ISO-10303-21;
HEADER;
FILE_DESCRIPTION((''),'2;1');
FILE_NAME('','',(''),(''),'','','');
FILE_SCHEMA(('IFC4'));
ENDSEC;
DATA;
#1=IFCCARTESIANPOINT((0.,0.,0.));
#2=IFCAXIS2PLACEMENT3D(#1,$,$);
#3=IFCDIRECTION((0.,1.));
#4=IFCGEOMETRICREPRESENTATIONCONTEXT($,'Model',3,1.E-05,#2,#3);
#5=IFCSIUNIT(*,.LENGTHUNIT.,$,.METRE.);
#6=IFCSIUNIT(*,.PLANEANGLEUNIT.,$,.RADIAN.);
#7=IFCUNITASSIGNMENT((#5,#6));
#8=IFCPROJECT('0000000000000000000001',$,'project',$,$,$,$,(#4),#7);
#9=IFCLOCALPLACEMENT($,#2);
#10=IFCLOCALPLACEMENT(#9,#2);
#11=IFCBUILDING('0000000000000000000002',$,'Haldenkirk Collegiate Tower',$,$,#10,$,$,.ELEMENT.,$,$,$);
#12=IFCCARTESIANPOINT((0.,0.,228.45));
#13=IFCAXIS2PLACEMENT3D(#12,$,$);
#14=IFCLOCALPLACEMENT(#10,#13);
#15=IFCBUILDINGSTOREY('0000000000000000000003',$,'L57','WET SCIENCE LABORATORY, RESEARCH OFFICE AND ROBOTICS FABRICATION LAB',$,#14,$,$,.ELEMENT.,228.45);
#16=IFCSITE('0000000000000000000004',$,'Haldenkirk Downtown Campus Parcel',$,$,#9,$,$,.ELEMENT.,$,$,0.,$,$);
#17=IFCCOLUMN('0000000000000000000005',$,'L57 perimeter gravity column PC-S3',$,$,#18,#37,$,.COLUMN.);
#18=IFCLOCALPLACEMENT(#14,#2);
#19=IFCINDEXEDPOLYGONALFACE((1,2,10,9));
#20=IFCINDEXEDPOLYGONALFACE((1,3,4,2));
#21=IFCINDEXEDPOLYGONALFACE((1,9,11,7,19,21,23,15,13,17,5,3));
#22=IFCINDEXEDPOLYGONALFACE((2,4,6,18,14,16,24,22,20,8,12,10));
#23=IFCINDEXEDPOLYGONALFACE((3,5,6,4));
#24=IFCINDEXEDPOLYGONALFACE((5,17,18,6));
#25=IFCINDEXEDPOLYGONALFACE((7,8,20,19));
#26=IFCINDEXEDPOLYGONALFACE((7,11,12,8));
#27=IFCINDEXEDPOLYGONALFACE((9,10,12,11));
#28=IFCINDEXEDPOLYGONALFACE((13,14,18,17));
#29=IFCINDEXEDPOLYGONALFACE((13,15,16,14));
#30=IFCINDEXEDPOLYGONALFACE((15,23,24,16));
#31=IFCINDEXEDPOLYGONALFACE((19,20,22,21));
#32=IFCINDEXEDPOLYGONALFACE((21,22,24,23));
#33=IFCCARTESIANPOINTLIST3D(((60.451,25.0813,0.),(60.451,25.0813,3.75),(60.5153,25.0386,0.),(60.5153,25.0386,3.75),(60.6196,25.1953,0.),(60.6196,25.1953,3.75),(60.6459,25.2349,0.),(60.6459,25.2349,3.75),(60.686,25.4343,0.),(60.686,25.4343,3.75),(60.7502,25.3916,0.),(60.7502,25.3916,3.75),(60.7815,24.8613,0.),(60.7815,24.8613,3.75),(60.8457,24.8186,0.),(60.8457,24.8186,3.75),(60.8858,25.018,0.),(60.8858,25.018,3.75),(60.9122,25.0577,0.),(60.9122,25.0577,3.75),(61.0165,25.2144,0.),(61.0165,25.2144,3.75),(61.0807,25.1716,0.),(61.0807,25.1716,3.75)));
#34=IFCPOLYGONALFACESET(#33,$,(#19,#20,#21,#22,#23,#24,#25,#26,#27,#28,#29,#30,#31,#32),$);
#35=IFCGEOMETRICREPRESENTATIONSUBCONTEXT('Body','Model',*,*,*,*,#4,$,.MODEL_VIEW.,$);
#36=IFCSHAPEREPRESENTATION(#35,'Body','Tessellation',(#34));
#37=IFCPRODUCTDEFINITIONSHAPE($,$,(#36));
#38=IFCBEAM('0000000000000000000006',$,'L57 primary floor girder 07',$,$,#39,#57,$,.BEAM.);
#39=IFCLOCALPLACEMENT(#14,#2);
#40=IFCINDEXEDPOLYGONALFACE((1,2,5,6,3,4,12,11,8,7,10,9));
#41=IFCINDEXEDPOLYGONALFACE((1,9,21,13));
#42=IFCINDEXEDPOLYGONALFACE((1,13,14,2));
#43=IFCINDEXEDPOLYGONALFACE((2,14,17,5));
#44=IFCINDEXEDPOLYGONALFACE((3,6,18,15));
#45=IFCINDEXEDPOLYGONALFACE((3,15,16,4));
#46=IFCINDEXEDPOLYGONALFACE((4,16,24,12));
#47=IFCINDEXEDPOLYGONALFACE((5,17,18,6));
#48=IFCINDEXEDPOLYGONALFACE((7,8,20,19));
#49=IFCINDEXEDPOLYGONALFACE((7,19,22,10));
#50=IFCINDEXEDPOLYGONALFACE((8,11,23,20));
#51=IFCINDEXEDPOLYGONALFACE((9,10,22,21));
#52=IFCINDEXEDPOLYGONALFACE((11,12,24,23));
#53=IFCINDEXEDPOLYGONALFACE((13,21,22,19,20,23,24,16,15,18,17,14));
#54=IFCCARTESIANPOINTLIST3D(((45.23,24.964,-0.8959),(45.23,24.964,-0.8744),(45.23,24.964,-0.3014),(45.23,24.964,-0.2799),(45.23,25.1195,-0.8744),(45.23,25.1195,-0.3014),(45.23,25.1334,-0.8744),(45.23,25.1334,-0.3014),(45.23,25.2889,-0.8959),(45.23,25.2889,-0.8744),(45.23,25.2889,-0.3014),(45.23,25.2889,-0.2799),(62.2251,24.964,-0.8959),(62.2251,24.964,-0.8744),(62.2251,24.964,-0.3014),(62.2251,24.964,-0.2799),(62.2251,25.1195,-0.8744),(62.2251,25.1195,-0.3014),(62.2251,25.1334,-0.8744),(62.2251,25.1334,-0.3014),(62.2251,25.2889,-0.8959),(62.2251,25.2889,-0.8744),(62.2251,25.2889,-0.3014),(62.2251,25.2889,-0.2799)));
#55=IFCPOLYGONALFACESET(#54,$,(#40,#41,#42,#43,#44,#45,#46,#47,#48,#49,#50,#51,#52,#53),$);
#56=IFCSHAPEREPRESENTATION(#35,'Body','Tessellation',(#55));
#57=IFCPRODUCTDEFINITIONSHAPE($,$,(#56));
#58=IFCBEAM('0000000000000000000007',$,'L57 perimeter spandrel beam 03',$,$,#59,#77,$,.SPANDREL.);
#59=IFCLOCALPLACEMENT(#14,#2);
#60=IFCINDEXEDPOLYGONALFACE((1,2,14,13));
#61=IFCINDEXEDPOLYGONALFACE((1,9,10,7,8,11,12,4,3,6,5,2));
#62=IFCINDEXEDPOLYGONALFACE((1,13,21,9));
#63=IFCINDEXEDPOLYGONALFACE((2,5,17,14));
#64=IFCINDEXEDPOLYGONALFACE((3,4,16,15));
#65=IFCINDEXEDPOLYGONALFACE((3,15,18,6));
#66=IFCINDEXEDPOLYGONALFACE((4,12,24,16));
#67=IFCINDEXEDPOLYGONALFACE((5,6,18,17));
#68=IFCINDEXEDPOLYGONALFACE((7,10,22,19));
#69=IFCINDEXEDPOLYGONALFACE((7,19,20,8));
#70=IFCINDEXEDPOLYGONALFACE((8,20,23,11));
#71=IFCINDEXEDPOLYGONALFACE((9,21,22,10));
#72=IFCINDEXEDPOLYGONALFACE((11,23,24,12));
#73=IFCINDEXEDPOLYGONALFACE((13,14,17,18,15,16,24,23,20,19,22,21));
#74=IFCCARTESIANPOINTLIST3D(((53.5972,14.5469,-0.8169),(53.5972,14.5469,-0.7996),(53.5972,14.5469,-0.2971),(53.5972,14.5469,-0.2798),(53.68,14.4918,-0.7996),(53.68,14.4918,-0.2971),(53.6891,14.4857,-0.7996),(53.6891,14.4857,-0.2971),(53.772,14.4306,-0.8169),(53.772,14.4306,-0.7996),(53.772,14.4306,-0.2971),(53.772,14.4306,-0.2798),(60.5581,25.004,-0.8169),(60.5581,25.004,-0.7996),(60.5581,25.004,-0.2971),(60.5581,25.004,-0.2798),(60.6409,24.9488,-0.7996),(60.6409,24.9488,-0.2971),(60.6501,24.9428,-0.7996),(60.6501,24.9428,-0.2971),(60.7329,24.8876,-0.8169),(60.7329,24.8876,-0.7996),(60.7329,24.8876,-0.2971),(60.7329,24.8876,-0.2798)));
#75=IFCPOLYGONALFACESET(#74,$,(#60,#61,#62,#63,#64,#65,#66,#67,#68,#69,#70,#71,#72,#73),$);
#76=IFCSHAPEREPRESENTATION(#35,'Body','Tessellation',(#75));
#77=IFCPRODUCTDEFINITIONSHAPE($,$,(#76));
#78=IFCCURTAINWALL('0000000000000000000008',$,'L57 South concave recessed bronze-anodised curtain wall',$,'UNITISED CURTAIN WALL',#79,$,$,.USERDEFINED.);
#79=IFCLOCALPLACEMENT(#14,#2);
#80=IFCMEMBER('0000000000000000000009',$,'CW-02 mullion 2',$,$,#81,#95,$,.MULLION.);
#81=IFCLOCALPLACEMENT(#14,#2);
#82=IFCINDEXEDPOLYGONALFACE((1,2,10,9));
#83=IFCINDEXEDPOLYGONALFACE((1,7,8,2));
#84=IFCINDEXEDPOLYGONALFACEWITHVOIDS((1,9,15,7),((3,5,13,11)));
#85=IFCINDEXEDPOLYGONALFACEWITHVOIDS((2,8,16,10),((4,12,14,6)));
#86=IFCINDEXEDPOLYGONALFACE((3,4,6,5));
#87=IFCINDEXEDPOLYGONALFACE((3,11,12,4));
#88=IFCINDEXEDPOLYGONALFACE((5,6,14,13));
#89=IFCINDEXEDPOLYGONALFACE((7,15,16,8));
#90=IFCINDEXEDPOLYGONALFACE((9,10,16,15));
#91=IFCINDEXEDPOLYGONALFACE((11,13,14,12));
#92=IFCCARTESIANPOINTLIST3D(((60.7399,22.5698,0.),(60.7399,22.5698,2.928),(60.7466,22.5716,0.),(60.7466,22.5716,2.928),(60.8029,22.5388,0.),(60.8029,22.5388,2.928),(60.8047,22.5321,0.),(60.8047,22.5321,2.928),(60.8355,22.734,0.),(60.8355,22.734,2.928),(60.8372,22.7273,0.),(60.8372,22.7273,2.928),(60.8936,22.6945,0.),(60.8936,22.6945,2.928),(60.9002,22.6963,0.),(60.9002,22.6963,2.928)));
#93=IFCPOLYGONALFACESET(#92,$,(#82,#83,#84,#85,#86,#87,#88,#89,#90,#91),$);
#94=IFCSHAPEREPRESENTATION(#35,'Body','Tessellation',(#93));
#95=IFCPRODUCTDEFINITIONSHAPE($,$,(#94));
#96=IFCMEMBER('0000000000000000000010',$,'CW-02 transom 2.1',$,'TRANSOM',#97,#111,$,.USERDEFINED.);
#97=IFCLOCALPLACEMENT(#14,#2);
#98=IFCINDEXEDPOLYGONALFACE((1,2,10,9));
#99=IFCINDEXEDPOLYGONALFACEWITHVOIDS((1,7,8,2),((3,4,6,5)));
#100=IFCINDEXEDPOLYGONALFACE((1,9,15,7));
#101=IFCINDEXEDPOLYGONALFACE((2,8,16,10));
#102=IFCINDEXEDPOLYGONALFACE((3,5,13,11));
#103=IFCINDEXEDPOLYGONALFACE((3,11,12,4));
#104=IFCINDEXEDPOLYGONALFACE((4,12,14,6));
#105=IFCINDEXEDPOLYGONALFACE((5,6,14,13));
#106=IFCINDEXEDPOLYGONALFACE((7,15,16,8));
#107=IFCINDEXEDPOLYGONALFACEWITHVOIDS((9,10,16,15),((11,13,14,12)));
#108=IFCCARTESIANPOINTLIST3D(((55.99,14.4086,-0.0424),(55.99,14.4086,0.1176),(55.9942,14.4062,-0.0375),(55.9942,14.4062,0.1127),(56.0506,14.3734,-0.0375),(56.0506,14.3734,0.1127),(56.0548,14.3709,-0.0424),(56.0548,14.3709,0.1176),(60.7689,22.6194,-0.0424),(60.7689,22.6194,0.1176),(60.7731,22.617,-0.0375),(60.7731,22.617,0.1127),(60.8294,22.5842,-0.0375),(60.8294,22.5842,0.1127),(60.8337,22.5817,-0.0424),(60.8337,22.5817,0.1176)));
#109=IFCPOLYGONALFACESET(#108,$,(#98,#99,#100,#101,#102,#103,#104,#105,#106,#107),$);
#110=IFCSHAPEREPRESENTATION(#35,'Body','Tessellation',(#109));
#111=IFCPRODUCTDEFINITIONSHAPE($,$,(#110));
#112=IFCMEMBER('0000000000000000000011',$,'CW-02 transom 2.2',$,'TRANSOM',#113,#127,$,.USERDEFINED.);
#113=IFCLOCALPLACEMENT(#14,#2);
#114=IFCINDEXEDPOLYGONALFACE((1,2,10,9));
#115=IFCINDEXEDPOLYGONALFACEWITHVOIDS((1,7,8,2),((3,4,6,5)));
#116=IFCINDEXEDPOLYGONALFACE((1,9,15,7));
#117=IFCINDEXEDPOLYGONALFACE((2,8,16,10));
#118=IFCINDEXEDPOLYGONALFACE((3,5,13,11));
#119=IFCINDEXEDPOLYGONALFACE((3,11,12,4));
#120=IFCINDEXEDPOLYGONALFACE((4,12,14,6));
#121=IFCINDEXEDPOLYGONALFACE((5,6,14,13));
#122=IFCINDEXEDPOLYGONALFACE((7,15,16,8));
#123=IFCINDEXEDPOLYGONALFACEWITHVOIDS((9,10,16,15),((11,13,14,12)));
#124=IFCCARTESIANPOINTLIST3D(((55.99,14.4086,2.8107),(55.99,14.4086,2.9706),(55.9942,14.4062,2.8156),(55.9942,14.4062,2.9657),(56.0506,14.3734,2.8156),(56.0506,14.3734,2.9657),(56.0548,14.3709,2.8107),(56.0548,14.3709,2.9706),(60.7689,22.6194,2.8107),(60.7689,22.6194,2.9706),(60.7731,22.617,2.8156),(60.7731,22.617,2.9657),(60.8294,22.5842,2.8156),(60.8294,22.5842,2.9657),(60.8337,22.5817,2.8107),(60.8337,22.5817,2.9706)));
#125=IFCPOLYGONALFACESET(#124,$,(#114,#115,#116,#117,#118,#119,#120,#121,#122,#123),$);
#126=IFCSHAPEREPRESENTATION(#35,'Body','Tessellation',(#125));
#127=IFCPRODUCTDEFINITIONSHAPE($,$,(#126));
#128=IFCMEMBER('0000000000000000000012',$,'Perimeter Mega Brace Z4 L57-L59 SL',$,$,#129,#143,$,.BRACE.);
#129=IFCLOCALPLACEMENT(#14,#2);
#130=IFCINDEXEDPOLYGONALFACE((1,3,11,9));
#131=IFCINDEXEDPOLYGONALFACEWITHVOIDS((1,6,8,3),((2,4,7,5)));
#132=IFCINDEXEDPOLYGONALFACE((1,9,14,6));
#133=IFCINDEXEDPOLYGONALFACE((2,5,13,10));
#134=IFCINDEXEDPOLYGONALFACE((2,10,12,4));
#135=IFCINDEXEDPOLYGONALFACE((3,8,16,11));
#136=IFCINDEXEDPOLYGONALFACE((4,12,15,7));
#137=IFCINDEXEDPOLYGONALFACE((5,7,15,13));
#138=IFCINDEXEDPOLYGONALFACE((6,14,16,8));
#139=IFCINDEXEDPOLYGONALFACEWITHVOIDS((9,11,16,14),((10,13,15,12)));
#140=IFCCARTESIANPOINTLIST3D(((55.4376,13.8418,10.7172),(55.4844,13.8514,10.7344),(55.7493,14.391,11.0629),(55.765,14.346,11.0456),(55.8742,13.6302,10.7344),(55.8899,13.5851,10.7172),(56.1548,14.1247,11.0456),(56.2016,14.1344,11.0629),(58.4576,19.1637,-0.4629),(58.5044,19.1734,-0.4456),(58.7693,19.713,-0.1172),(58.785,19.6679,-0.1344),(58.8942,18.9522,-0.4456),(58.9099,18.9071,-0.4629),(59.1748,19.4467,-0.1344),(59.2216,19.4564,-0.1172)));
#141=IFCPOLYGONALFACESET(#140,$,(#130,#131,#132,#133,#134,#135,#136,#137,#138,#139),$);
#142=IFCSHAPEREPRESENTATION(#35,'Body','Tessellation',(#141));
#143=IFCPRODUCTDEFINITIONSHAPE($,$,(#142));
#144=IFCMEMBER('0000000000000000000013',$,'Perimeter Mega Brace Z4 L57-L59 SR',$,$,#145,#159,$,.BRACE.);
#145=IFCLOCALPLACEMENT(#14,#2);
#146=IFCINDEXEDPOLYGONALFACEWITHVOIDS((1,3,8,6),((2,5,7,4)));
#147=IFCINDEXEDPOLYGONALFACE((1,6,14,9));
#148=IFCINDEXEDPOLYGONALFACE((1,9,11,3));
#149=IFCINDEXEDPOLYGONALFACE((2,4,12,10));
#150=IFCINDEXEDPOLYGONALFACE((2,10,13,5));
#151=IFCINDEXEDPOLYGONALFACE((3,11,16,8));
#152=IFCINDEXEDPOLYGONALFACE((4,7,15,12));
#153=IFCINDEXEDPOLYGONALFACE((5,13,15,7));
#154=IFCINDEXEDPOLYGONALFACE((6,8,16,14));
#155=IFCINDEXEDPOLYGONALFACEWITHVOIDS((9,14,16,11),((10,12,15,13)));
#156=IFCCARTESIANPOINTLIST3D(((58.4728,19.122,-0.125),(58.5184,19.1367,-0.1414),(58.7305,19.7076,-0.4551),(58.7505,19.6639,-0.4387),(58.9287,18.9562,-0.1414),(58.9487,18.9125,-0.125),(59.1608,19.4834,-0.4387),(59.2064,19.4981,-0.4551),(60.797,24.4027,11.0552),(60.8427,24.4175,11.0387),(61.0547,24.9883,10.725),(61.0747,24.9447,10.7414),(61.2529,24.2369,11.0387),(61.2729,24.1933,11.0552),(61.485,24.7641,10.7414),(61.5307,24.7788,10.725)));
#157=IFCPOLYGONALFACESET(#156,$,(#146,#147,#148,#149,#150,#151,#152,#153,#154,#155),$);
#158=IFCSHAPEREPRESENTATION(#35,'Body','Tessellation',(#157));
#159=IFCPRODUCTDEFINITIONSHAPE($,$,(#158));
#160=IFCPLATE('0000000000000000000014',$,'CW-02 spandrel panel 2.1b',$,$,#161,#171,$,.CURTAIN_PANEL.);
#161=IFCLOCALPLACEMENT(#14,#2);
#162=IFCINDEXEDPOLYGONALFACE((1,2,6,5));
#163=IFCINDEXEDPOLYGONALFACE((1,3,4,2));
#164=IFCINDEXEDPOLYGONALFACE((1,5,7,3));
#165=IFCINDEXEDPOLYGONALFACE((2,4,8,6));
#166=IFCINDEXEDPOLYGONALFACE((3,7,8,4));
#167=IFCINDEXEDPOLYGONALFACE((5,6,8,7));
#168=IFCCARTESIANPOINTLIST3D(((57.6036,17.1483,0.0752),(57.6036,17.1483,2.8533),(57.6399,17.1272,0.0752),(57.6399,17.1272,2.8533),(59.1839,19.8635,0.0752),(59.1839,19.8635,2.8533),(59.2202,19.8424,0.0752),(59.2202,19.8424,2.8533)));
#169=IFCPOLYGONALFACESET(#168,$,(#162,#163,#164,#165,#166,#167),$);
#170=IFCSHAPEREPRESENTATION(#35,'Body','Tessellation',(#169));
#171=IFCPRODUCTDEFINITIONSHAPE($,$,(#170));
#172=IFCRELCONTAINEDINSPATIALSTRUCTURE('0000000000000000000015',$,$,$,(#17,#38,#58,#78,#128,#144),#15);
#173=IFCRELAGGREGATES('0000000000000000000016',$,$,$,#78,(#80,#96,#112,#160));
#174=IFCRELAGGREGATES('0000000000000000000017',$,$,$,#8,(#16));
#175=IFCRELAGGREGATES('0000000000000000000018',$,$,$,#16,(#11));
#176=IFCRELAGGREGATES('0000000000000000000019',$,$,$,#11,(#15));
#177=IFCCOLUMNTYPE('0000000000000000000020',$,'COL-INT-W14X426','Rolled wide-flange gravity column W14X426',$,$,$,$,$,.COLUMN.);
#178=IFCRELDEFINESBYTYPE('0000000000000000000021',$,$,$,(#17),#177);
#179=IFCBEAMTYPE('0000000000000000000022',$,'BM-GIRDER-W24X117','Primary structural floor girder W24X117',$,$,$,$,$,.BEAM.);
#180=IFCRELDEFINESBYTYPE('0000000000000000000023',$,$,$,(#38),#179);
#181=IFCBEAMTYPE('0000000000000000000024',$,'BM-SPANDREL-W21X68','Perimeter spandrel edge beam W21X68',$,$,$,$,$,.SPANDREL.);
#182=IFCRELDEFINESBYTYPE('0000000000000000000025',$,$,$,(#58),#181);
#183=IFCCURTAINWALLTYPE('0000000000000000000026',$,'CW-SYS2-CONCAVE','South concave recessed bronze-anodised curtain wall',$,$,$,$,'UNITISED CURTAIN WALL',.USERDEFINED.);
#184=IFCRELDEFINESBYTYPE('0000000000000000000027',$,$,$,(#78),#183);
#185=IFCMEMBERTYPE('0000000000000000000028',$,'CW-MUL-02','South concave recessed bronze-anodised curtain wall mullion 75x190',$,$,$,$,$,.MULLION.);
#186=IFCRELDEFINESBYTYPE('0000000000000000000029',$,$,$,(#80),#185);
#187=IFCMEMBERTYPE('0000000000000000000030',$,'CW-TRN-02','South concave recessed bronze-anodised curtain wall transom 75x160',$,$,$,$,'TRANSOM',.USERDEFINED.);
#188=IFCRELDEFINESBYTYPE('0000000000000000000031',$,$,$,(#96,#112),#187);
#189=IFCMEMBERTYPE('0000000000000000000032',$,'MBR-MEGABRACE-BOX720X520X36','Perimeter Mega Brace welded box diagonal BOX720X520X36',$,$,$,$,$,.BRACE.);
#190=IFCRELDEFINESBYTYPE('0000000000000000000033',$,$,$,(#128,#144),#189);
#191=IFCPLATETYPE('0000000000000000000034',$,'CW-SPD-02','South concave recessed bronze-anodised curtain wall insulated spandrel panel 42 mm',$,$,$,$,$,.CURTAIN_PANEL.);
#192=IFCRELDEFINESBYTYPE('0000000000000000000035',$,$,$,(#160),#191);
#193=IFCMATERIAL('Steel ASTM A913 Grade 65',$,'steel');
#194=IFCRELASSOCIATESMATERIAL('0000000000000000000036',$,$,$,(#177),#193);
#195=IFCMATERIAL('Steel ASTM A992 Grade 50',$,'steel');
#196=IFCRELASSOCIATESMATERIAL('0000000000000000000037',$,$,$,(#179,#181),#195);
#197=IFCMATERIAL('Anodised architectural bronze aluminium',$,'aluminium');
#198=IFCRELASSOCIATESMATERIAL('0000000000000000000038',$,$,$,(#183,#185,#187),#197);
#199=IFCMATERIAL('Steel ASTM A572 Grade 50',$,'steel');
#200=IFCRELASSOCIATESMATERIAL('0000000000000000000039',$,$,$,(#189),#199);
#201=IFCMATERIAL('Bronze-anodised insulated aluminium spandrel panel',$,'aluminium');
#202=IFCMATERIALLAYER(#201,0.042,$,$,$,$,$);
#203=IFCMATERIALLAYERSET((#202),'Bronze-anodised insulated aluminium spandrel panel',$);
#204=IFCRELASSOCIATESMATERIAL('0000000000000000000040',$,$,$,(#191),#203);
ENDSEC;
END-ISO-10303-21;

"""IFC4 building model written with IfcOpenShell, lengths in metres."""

from ifc_helpers import new_model, si_unit, direction, frame, origin, origin_2d, place, context, subcontext, project, spatial, rectangle, hollow_rectangle, i_section, extrude, source, transform, mapped, material, layer, layer_set, material_profile, profile_set, type_object, element, aggregate, save


model = new_model("IFC4")

# Units and contexts
model_context = context("Model", 3, precision=1e-05, world=origin(), true_north=direction((0.0, 1.0)))
body_context = subcontext(model_context, "Body", "Model", "MODEL_VIEW")
ifc_project = project(units=[si_unit("LENGTHUNIT", "METRE"), si_unit("PLANEANGLEUNIT", "RADIAN")], contexts=[model_context])

# Site, building, storey
site_placement = place(None, origin())
site = spatial("IfcSite", under=ifc_project, at=site_placement, Name="Haldenkirk Downtown Campus Parcel", CompositionType="ELEMENT", RefElevation=0.0)
building_placement = place(site_placement, origin())
building = spatial("IfcBuilding", under=site, at=building_placement, Name="Haldenkirk Collegiate Tower", CompositionType="ELEMENT")
storey_placement = place(building_placement, frame((0.0, 0.0, 228.45)))
storey = spatial("IfcBuildingStorey", under=building, at=storey_placement, Name="L57", Description="WET SCIENCE LABORATORY, RESEARCH OFFICE AND ROBOTICS FABRICATION LAB", CompositionType="ELEMENT", Elevation=228.45)

# Column
ifc_material_1 = material(Name="Steel ASTM A913 Grade 65", Category="steel")
ifc_material_profile_1 = material_profile(ifc_material_1, i_section(OverallWidth=0.4241, OverallDepth=0.4741, WebThickness=0.0476, FlangeThickness=0.0771, at=origin_2d()), Name="W14X426")
ifc_profile_set_1 = profile_set([ifc_material_profile_1], Name="Steel ASTM A913 Grade 65")
column_type = type_object("IfcColumnType", Name="COL-INT-W14X426", Description="Rolled wide-flange gravity column W14X426", PredefinedType="COLUMN", material=ifc_profile_set_1)
column_placement = place(storey_placement, frame((60.7659, 25.1265, 0.0), z_axis=(0.0, 0.0, 1.0), x_axis=(0.554118, 0.832438, 0.0)))
element("IfcColumn", 1, at=column_placement, inside=storey, type_object=column_type, Name="L57 perimeter gravity column PC-S3", PredefinedType="COLUMN", context=body_context, shape_type="SweptSolid", body=[
    extrude(i_section(OverallWidth=0.4241, OverallDepth=0.4741, WebThickness=0.0476, FlangeThickness=0.0771, at=origin_2d()), origin(), (0.0, 0.0, 1.0), 3.75),
])

# Beams
ifc_material_2 = material(Name="Steel ASTM A992 Grade 50", Category="steel")
ifc_material_profile_2 = material_profile(ifc_material_2, i_section(OverallWidth=0.325, OverallDepth=0.616, WebThickness=0.0139, FlangeThickness=0.0215, at=origin_2d()), Name="W24X117")
ifc_profile_set_2 = profile_set([ifc_material_profile_2], Name="Steel ASTM A992 Grade 50")
beam_type_1 = type_object("IfcBeamType", Name="BM-GIRDER-W24X117", Description="Primary structural floor girder W24X117", PredefinedType="BEAM", material=ifc_profile_set_2)
beam_1_placement = place(storey_placement, frame((62.2251, 25.1265, -0.5879), z_axis=(-1.0, 0.0, 0.0), x_axis=(0.0, -1.0, 0.0)))
element("IfcBeam", 2, at=beam_1_placement, inside=storey, type_object=beam_type_1, Name="L57 primary floor girder 07", PredefinedType="BEAM", context=body_context, shape_type="SweptSolid", body=[
    extrude(i_section(OverallWidth=0.325, OverallDepth=0.616, WebThickness=0.0139, FlangeThickness=0.0215, at=origin_2d()), origin(), (0.0, 0.0, 1.0), 16.9951),
])
ifc_material_profile_3 = material_profile(ifc_material_2, i_section(OverallWidth=0.21, OverallDepth=0.5371, WebThickness=0.011, FlangeThickness=0.0173, at=origin_2d()), Name="W21X68")
ifc_profile_set_3 = profile_set([ifc_material_profile_3], Name="Steel ASTM A992 Grade 50")
beam_type_2 = type_object("IfcBeamType", Name="BM-SPANDREL-W21X68", Description="Perimeter spandrel edge beam W21X68", PredefinedType="SPANDREL", material=ifc_profile_set_3)
beam_2_placement = place(storey_placement, frame((53.6846, 14.4888, -0.5483), z_axis=(0.554126, 0.832433, 0.0), x_axis=(-0.832433, 0.554126, 0.0)))
element("IfcBeam", 3, at=beam_2_placement, inside=storey, type_object=beam_type_2, Name="L57 perimeter spandrel beam 03", PredefinedType="SPANDREL", context=body_context, shape_type="SweptSolid", body=[
    extrude(i_section(OverallWidth=0.21, OverallDepth=0.5371, WebThickness=0.011, FlangeThickness=0.0173, at=origin_2d()), origin(), (0.0, 0.0, 1.0), 12.562),
])

# Curtain wall, members
ifc_material_3 = material(Name="Anodised architectural bronze aluminium", Category="aluminium")
curtain_wall_type = type_object("IfcCurtainWallType", Name="CW-SYS2-CONCAVE", Description="South concave recessed bronze-anodised curtain wall", ElementType="UNITISED CURTAIN WALL", PredefinedType="USERDEFINED", material=ifc_material_3)
curtain_wall_placement = place(storey_placement, origin())
curtain_wall = element("IfcCurtainWall", 4, at=curtain_wall_placement, inside=storey, type_object=curtain_wall_type, Name="L57 South concave recessed bronze-anodised curtain wall", ObjectType="UNITISED CURTAIN WALL", PredefinedType="USERDEFINED")
ifc_material_profile_4 = material_profile(ifc_material_3, hollow_rectangle(XDim=0.075, YDim=0.1899, WallThickness=0.0049, at=origin_2d()), Name="CW-MUL-02")
ifc_profile_set_4 = profile_set([ifc_material_profile_4], Name="Anodised architectural bronze aluminium")
member_type_1 = type_object("IfcMemberType", Name="CW-MUL-02", Description="South concave recessed bronze-anodised curtain wall mullion 75x190", PredefinedType="MULLION", material=ifc_profile_set_4)
member_1_placement = place(storey_placement, frame((60.8201, 22.6331, 0.0), z_axis=(0.0, 0.0, 1.0), x_axis=(0.864276, -0.503019, 0.0)))
member_1 = element("IfcMember", 5, at=member_1_placement, type_object=member_type_1, Name="CW-02 mullion 2", PredefinedType="MULLION", context=body_context, shape_type="SweptSolid", body=[
    extrude(hollow_rectangle(XDim=0.075, YDim=0.1899, WallThickness=0.0049, at=origin_2d()), origin(), (0.0, 0.0, 1.0), 2.928),
])
ifc_material_profile_5 = material_profile(ifc_material_3, hollow_rectangle(XDim=0.075, YDim=0.1599, WallThickness=0.0049, at=origin_2d()), Name="CW-TRN-02")
ifc_profile_set_5 = profile_set([ifc_material_profile_5], Name="Anodised architectural bronze aluminium")
member_type_2 = type_object("IfcMemberType", Name="CW-TRN-02", Description="South concave recessed bronze-anodised curtain wall transom 75x160", ElementType="TRANSOM", PredefinedType="USERDEFINED", material=ifc_profile_set_5)
member_2_placement = place(storey_placement, frame((60.8013, 22.6006, 0.0376), z_axis=(-0.503026, -0.864272, 0.0), x_axis=(0.864272, -0.503026, 0.0)))
member_2 = element("IfcMember", 6, at=member_2_placement, type_object=member_type_2, Name="CW-02 transom 2.1", ObjectType="TRANSOM", PredefinedType="USERDEFINED", context=body_context, shape_type="SweptSolid", body=[
    extrude(hollow_rectangle(XDim=0.075, YDim=0.1599, WallThickness=0.0049, at=origin_2d()), origin(), (0.0, 0.0, 1.0), 9.5002),
])
member_3_placement = place(storey_placement, frame((60.8013, 22.6006, 2.8906), z_axis=(-0.503026, -0.864272, 0.0), x_axis=(0.864272, -0.503026, 0.0)))
member_3 = element("IfcMember", 7, at=member_3_placement, type_object=member_type_2, Name="CW-02 transom 2.2", ObjectType="TRANSOM", PredefinedType="USERDEFINED", context=body_context, shape_type="SweptSolid", body=[
    extrude(hollow_rectangle(XDim=0.075, YDim=0.1599, WallThickness=0.0049, at=origin_2d()), origin(), (0.0, 0.0, 1.0), 9.5002),
])

# Members
ifc_material_4 = material(Name="Steel ASTM A572 Grade 50", Category="steel")
ifc_material_profile_6 = material_profile(ifc_material_4, hollow_rectangle(XDim=0.52, YDim=0.72, WallThickness=0.0359, at=origin_2d()), Name="BOX720X520X36")
ifc_profile_set_6 = profile_set([ifc_material_profile_6], Name="Steel ASTM A572 Grade 50")
member_type_3 = type_object("IfcMemberType", Name="MBR-MEGABRACE-BOX720X520X36", Description="Perimeter Mega Brace welded box diagonal BOX720X520X36", PredefinedType="BRACE", material=ifc_profile_set_6)
member_4_placement = place(storey_placement, frame((58.8396, 19.3101, -0.29), z_axis=(-0.236953, -0.41757, 0.877205), x_axis=(0.869727, -0.493533, 0.0)))
element("IfcMember", 8, at=member_4_placement, inside=storey, type_object=member_type_3, Name="Perimeter Mega Brace Z4 L57-L59 SL", PredefinedType="BRACE", context=body_context, shape_type="SweptSolid", body=[
    extrude(hollow_rectangle(XDim=0.52, YDim=0.72, WallThickness=0.0359, at=origin_2d()), origin(), (0.0, 0.0, 1.0), 12.7451),
])
member_5_placement = place(storey_placement, frame((58.8396, 19.3101, -0.29), z_axis=(0.184739, 0.419737, 0.888647), x_axis=(-0.915271, 0.402838, 0.0)))
element("IfcMember", 9, at=member_5_placement, inside=storey, type_object=member_type_3, Name="Perimeter Mega Brace Z4 L57-L59 SR", PredefinedType="BRACE", context=body_context, shape_type="SweptSolid", body=[
    extrude(hollow_rectangle(XDim=0.52, YDim=0.72, WallThickness=0.0359, at=origin_2d()), origin(), (0.0, 0.0, 1.0), 12.5811),
])

# Plate
ifc_material_5 = material(Name="Bronze-anodised insulated aluminium spandrel panel", Category="aluminium")
ifc_layer_1 = layer(ifc_material_5, 0.042)
ifc_layer_set_1 = layer_set([ifc_layer_1], Name="Bronze-anodised insulated aluminium spandrel panel")
plate_type_1 = type_object("IfcPlateType", Name="CW-SPD-02", Description="South concave recessed bronze-anodised curtain wall insulated spandrel panel 42 mm", PredefinedType="CURTAIN_PANEL", material=ifc_layer_set_1)
shared_shape_1 = source(origin(), body_context, "Body", "SweptSolid", [
    extrude(rectangle(XDim=3.1416, YDim=0.042, at=origin_2d()), origin(), (0.0, 0.0, 1.0), 2.7781),
])
plate_1_placement = place(storey_placement, frame((58.4119, 18.4954, 0.0752), z_axis=(0.0, 0.0, 1.0), x_axis=(-0.503019, -0.864276, 0.0)))
plate_1 = element("IfcPlate", 10, at=plate_1_placement, type_object=plate_type_1, Name="CW-02 spandrel panel 2.1b", PredefinedType="CURTAIN_PANEL", context=body_context, shape_type="MappedRepresentation", body=[
    mapped(shared_shape_1, transform((0.0, 0.0, 0.0), x_axis=(1.0, 0.0, 0.0), y_axis=(0.0, 1.0, 0.0), z_axis=(0.0, 0.0, 1.0), scale=1.0)),
])
aggregate(curtain_wall, [member_1, member_2, member_3, plate_1])

save(model, "model.ifc")
